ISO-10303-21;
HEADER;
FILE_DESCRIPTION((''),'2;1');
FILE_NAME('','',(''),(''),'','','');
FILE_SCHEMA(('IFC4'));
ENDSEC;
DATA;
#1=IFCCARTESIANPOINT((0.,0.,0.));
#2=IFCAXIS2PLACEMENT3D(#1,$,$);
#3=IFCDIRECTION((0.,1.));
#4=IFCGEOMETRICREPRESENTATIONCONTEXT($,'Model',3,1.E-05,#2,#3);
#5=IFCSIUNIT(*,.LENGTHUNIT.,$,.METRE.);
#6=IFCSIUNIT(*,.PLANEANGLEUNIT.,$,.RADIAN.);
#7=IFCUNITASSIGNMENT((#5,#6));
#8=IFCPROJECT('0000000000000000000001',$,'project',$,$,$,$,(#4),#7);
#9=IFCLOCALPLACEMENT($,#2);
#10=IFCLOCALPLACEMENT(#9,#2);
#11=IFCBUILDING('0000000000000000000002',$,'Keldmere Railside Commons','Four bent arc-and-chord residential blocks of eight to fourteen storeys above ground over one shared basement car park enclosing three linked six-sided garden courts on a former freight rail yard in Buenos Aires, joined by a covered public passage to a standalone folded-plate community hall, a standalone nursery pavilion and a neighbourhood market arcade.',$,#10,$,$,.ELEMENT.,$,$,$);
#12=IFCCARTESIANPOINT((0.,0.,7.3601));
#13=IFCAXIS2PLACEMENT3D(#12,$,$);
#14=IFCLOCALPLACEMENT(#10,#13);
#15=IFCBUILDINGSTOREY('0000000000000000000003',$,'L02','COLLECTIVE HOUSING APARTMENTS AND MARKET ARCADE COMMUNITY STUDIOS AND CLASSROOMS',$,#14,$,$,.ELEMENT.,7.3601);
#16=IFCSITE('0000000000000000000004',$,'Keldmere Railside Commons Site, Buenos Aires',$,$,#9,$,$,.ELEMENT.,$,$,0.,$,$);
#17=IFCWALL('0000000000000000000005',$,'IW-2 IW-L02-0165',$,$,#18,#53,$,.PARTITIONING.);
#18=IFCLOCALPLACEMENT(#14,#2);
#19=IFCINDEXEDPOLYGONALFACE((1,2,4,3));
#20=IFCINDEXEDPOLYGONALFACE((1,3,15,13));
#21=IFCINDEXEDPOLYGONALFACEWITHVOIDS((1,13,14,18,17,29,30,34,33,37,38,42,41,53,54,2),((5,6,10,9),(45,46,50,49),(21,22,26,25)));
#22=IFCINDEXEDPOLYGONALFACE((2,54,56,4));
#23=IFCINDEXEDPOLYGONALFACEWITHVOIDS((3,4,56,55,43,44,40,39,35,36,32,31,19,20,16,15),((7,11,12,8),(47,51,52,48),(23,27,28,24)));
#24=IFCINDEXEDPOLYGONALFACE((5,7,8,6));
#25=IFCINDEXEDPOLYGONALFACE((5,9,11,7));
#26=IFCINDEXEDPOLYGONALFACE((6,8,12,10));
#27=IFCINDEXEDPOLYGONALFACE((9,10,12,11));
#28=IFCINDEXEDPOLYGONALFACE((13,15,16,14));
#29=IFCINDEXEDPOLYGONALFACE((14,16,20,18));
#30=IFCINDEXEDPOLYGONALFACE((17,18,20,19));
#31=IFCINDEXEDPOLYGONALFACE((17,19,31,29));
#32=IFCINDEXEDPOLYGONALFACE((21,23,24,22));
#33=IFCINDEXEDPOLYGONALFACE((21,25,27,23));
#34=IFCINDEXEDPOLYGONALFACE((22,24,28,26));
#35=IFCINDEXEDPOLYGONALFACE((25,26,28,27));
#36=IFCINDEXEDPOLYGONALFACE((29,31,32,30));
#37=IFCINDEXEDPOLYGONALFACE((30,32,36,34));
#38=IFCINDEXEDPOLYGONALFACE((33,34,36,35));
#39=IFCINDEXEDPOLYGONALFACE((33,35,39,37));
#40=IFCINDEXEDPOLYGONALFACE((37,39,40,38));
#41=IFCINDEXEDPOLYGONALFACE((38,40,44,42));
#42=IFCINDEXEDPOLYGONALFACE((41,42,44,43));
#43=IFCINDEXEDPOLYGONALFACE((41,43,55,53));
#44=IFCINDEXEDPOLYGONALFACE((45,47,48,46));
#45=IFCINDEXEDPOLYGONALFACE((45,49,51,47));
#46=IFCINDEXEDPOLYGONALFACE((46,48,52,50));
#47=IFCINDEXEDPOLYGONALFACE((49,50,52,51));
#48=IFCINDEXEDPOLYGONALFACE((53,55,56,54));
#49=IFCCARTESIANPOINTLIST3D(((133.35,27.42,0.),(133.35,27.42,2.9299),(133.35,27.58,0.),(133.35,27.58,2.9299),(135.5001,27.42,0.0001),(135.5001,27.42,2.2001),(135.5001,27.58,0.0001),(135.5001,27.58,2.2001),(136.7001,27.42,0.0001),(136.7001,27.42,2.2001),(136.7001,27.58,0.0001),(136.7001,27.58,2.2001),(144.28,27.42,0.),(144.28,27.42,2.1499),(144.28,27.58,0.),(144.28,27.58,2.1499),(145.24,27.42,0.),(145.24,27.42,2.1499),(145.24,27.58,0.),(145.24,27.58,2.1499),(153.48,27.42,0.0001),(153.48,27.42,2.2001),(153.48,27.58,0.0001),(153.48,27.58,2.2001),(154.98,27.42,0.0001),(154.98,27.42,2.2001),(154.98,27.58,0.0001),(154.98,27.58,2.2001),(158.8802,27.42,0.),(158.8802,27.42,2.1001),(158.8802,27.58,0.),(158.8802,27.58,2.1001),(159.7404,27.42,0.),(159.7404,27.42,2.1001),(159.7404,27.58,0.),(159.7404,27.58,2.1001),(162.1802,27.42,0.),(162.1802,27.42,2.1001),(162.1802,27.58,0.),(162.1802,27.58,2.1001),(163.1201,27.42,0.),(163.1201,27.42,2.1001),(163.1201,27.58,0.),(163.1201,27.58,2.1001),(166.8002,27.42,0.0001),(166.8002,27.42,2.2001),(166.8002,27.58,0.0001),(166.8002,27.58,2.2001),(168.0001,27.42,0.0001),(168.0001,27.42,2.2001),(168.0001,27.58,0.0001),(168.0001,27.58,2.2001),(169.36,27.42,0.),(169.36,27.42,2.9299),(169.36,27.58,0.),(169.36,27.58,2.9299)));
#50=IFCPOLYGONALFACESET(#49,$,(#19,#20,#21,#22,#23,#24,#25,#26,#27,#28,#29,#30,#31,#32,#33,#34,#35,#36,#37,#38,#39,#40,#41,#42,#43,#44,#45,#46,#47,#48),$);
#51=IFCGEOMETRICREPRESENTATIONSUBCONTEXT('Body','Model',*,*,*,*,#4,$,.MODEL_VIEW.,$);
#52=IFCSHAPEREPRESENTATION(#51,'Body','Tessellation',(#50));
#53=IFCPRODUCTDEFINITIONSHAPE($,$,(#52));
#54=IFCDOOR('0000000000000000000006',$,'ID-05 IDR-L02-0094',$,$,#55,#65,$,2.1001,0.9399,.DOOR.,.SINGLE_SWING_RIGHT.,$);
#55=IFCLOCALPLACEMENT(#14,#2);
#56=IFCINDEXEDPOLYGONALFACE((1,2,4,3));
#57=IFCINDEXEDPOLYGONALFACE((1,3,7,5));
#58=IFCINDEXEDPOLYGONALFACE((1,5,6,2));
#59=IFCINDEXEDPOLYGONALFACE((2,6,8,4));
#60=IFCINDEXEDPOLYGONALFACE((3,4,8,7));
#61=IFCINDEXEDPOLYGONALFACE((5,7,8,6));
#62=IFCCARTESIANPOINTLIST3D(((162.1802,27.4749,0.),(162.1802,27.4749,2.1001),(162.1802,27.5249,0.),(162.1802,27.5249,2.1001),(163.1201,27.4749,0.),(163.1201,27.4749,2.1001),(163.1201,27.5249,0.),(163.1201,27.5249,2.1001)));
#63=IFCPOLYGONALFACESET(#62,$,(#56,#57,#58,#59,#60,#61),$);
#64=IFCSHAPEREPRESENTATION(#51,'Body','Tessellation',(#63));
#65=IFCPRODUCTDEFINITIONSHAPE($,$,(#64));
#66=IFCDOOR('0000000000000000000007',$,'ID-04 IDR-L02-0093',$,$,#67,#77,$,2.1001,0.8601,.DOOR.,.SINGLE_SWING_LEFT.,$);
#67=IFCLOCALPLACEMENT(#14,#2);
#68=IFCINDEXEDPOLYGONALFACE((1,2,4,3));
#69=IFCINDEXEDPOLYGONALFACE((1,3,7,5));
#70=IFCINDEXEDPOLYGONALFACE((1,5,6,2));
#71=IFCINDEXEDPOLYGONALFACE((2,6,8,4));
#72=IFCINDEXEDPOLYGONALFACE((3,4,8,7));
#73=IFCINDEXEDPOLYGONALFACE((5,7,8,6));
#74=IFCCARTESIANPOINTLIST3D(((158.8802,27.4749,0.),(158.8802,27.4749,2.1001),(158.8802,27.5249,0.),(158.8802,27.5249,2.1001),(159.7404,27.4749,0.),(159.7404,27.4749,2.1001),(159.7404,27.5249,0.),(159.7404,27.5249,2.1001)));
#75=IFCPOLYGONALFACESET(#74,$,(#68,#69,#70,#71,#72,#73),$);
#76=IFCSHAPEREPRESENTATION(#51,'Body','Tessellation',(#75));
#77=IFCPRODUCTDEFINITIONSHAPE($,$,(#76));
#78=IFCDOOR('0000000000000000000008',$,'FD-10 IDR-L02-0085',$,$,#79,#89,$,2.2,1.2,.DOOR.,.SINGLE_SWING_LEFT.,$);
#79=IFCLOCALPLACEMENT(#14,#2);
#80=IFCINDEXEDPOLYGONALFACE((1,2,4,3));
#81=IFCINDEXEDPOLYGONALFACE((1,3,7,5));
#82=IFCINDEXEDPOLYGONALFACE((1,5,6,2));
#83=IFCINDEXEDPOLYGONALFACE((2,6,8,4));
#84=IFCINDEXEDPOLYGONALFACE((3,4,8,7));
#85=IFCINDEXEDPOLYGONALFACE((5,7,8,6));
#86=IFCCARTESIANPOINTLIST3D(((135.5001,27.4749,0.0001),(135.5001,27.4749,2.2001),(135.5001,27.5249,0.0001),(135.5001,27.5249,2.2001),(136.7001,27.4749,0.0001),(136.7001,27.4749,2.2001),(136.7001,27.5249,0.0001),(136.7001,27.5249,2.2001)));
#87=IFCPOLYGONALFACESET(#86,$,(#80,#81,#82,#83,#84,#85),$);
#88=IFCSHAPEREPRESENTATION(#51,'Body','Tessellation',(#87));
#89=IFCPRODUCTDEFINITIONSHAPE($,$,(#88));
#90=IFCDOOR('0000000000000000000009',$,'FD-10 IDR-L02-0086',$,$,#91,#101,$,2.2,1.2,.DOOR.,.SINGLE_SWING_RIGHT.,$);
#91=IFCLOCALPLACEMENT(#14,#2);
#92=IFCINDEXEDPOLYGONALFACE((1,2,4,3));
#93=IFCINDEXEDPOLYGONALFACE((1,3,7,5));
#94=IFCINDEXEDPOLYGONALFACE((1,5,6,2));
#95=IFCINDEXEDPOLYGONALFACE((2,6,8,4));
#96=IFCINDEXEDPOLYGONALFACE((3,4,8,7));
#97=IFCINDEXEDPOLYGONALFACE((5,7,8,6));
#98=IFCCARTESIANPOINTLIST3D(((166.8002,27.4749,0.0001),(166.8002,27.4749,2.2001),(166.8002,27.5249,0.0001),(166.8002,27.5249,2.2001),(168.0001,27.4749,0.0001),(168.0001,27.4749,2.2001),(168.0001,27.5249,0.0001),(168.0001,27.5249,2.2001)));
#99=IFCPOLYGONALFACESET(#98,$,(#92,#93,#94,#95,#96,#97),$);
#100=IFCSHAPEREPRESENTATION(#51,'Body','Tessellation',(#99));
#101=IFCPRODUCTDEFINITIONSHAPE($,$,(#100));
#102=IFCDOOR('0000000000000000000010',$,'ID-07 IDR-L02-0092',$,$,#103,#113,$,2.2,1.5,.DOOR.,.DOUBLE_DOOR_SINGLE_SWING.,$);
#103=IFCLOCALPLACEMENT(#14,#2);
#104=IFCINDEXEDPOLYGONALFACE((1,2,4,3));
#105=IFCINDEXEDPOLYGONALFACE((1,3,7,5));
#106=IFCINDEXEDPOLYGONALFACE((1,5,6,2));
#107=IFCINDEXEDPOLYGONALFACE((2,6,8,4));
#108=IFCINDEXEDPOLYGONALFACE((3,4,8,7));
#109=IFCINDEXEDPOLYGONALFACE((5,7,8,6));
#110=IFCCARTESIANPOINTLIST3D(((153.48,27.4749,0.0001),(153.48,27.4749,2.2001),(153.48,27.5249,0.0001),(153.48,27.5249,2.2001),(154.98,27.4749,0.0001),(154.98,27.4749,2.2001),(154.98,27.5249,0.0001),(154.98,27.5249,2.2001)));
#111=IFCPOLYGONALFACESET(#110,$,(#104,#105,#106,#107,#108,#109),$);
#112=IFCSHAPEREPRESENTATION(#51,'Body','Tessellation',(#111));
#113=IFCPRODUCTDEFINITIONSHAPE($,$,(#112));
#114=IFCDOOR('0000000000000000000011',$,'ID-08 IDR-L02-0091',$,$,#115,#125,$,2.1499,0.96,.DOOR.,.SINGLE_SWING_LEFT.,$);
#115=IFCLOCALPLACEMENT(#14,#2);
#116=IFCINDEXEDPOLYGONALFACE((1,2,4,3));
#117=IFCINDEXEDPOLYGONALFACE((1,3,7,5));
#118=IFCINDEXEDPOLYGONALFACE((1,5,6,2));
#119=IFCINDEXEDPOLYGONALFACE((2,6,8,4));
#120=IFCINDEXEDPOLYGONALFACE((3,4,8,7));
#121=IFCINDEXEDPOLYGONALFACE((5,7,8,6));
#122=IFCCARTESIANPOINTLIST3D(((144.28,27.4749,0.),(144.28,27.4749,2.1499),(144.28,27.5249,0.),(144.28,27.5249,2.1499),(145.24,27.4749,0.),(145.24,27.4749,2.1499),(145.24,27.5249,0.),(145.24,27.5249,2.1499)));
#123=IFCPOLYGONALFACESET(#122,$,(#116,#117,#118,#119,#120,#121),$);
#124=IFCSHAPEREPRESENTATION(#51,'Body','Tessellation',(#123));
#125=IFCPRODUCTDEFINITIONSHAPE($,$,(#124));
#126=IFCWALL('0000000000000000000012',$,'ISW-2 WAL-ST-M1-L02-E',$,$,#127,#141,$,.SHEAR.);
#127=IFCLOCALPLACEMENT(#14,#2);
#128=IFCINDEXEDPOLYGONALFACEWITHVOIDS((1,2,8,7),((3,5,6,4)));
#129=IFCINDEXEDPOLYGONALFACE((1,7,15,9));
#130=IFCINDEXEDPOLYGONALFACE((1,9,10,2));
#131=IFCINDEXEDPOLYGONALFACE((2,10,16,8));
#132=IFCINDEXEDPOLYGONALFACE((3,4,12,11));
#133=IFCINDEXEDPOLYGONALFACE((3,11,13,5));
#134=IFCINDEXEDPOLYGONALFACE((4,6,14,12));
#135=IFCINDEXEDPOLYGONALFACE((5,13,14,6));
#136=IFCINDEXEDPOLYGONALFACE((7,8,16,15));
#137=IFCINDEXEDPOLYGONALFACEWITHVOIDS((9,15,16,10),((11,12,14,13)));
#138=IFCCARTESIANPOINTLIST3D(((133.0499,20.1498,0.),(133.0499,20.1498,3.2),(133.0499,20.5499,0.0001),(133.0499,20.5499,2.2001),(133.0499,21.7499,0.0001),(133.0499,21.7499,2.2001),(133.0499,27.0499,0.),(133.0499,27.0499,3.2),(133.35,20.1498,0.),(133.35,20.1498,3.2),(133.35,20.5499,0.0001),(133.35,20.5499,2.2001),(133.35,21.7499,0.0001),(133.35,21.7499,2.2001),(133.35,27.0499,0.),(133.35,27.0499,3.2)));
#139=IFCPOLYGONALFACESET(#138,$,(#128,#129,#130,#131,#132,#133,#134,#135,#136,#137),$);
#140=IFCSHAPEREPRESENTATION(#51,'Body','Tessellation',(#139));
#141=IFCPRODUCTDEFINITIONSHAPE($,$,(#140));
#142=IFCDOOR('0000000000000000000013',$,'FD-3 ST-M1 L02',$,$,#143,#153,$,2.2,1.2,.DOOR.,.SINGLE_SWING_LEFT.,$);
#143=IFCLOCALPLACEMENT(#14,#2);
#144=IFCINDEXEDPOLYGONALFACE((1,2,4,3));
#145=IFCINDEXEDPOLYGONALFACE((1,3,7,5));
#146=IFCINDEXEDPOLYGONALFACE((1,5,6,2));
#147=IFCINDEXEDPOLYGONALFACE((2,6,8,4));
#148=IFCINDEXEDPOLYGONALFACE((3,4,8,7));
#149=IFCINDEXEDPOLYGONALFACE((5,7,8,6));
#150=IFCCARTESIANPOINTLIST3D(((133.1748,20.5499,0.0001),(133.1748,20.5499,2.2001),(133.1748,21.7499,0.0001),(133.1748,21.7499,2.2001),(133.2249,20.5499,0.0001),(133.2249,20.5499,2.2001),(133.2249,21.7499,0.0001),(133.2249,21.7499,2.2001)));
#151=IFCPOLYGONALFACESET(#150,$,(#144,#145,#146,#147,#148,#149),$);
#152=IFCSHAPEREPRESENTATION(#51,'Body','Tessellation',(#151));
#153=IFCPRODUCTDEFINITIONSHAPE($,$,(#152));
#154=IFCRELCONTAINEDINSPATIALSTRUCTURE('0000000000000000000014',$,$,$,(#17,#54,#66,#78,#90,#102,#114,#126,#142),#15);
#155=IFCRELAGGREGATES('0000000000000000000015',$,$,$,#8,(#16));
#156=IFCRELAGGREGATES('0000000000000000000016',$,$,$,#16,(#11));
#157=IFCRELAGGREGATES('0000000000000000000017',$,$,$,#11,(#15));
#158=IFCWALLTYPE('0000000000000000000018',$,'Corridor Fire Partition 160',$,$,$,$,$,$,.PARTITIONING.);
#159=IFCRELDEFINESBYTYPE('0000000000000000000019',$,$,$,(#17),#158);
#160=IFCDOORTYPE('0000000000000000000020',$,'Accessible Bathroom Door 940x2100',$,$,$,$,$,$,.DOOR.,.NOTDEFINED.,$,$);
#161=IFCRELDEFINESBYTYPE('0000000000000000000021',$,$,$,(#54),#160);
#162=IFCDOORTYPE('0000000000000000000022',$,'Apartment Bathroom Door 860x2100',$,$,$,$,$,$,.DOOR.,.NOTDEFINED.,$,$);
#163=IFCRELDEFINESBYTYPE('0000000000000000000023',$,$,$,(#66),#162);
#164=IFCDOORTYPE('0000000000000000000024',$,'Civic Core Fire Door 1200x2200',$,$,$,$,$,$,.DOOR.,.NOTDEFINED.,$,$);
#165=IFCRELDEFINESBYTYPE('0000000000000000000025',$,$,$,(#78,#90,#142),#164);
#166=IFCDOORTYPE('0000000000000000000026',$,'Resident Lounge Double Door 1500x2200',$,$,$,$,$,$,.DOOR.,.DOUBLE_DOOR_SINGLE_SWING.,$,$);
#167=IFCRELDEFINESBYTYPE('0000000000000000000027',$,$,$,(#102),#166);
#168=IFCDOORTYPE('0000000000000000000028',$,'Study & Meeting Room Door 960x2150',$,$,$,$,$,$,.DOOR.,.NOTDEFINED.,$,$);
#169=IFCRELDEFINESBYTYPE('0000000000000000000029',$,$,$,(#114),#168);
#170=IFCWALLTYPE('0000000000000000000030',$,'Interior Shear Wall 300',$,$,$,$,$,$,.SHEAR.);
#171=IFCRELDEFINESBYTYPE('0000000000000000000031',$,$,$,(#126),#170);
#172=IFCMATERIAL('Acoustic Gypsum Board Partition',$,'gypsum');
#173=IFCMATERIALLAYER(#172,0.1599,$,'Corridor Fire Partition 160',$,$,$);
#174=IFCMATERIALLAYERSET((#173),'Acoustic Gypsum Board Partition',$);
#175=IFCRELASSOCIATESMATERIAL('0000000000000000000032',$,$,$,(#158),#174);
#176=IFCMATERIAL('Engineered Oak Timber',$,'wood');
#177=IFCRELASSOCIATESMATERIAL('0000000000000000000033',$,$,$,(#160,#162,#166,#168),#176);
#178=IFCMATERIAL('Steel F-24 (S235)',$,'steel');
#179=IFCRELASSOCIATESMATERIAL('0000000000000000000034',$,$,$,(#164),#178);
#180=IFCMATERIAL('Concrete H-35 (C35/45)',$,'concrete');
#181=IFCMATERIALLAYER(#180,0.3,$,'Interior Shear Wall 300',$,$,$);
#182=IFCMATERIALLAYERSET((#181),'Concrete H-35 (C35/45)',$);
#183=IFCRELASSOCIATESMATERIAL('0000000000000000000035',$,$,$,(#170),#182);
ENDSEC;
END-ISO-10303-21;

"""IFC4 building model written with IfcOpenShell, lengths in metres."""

from ifc_helpers import new_model, si_unit, direction, frame, frame_2d, origin, place, context, subcontext, project, spatial, rectangle, extrude, material, layer, layer_set, type_object, element, fill, save


model = new_model("IFC4")

# Units and contexts
model_context = context("Model", 3, precision=1e-05, world=origin(), true_north=direction((0.0, 1.0)))
body_context = subcontext(model_context, "Body", "Model", "MODEL_VIEW")
ifc_project = project(units=[si_unit("LENGTHUNIT", "METRE"), si_unit("PLANEANGLEUNIT", "RADIAN")], contexts=[model_context])

# Site, building, storey
site_placement = place(None, origin())
site = spatial("IfcSite", under=ifc_project, at=site_placement, Name="Keldmere Railside Commons Site, Buenos Aires", CompositionType="ELEMENT", RefElevation=0.0)
building_placement = place(site_placement, origin())
building = spatial("IfcBuilding", under=site, at=building_placement, Name="Keldmere Railside Commons", Description="Four bent arc-and-chord residential blocks of eight to fourteen storeys above ground over one shared basement car park enclosing three linked six-sided garden courts on a former freight rail yard in Buenos Aires, joined by a covered public passage to a standalone folded-plate community hall, a standalone nursery pavilion and a neighbourhood market arcade.", CompositionType="ELEMENT")
storey_placement = place(building_placement, frame((0.0, 0.0, 7.3601)))
storey = spatial("IfcBuildingStorey", under=building, at=storey_placement, Name="L02", Description="COLLECTIVE HOUSING APARTMENTS AND MARKET ARCADE COMMUNITY STUDIOS AND CLASSROOMS", CompositionType="ELEMENT", Elevation=7.3601)

# Shared definitions
ifc_material_1 = material(Name="Concrete H-35 (C35/45)", Category="concrete")

# Shared definitions
ifc_material_2 = material(Name="Acoustic Gypsum Board Partition", Category="gypsum")

# Shared definitions
ifc_material_3 = material(Name="Steel F-24 (S235)", Category="steel")

# Wall, openings, doors
ifc_layer_1 = layer(ifc_material_2, 0.1599, Name="Corridor Fire Partition 160")
ifc_layer_set_1 = layer_set([ifc_layer_1], Name="Acoustic Gypsum Board Partition")
wall_type_1 = type_object("IfcWallType", Name="Corridor Fire Partition 160", PredefinedType="PARTITIONING", material=ifc_layer_set_1)
wall_1_placement = place(storey_placement, frame((133.3501, 27.5, 0.0), z_axis=(0.0, 0.0, 1.0), x_axis=(1.0, 0.0, 0.0)))
wall_1 = element("IfcWall", 1, at=wall_1_placement, inside=storey, type_object=wall_type_1, Name="IW-2 IW-L02-0165", PredefinedType="PARTITIONING", context=body_context, shape_type="SweptSolid", body=[
    extrude(rectangle(XDim=36.01, YDim=0.1599, at=frame_2d((18.0049, 0.0))), origin(), (0.0, 0.0, 1.0), 2.9299),
])
opening_1_placement = place(wall_1_placement, frame((2.1499, 0.0, 0.0)))
opening_1 = element("IfcOpeningElement", 2, at=opening_1_placement, cuts=wall_1, PredefinedType="OPENING", context=body_context, shape_type="SweptSolid", body=[
    extrude(rectangle(XDim=1.2, YDim=2.2, at=frame_2d((0.6001, 1.1001))), frame((0.0, 0.0898, 0.0), z_axis=(0.0, -1.0, 0.0), x_axis=(1.0, 0.0, 0.0)), (0.0, 0.0, 1.0), 0.1799),
])
opening_2_placement = place(wall_1_placement, frame((33.45, 0.0, 0.0)))
opening_2 = element("IfcOpeningElement", 3, at=opening_2_placement, cuts=wall_1, PredefinedType="OPENING", context=body_context, shape_type="SweptSolid", body=[
    extrude(rectangle(XDim=1.2, YDim=2.2, at=frame_2d((0.6001, 1.1001))), frame((0.0, 0.0898, 0.0), z_axis=(0.0, -1.0, 0.0), x_axis=(1.0, 0.0, 0.0)), (0.0, 0.0, 1.0), 0.1799),
])
opening_3_placement = place(wall_1_placement, frame((10.9299, 0.0, 0.0)))
opening_3 = element("IfcOpeningElement", 4, at=opening_3_placement, cuts=wall_1, PredefinedType="OPENING", context=body_context, shape_type="SweptSolid", body=[
    extrude(rectangle(XDim=0.96, YDim=2.1499, at=frame_2d((0.48, 1.075))), frame((0.0, 0.0898, 0.0), z_axis=(0.0, -1.0, 0.0), x_axis=(1.0, 0.0, 0.0)), (0.0, 0.0, 1.0), 0.1799),
])
opening_4_placement = place(wall_1_placement, frame((20.1299, 0.0, 0.0)))
opening_4 = element("IfcOpeningElement", 5, at=opening_4_placement, cuts=wall_1, PredefinedType="OPENING", context=body_context, shape_type="SweptSolid", body=[
    extrude(rectangle(XDim=1.5, YDim=2.2, at=frame_2d((0.75, 1.1001))), frame((0.0, 0.0898, 0.0), z_axis=(0.0, -1.0, 0.0), x_axis=(1.0, 0.0, 0.0)), (0.0, 0.0, 1.0), 0.1799),
])
opening_5_placement = place(wall_1_placement, frame((25.53, 0.0, 0.0)))
opening_5 = element("IfcOpeningElement", 6, at=opening_5_placement, cuts=wall_1, PredefinedType="OPENING", context=body_context, shape_type="SweptSolid", body=[
    extrude(rectangle(XDim=0.8601, YDim=2.1001, at=frame_2d((0.4302, 1.05))), frame((0.0, 0.0898, 0.0), z_axis=(0.0, -1.0, 0.0), x_axis=(1.0, 0.0, 0.0)), (0.0, 0.0, 1.0), 0.1799),
])
opening_6_placement = place(wall_1_placement, frame((28.8301, 0.0, 0.0)))
opening_6 = element("IfcOpeningElement", 7, at=opening_6_placement, cuts=wall_1, PredefinedType="OPENING", context=body_context, shape_type="SweptSolid", body=[
    extrude(rectangle(XDim=0.9399, YDim=2.1001, at=frame_2d((0.47, 1.05))), frame((0.0, 0.0898, 0.0), z_axis=(0.0, -1.0, 0.0), x_axis=(1.0, 0.0, 0.0)), (0.0, 0.0, 1.0), 0.1799),
])
ifc_material_4 = material(Name="Engineered Oak Timber", Category="wood")
door_type_1 = type_object("IfcDoorType", Name="Accessible Bathroom Door 940x2100", OperationType="NOTDEFINED", PredefinedType="DOOR", material=ifc_material_4)
door_1_placement = place(opening_6_placement, origin())
door_1 = element("IfcDoor", 8, at=door_1_placement, inside=storey, type_object=door_type_1, Name="ID-05 IDR-L02-0094", OperationType="SINGLE_SWING_RIGHT", OverallHeight=2.1001, OverallWidth=0.9399, PredefinedType="DOOR", context=body_context, shape_type="SweptSolid", body=[
    extrude(rectangle(XDim=0.9399, YDim=2.1001, at=frame_2d((0.47, 1.05))), frame((0.0, 0.0249, 0.0), z_axis=(0.0, -1.0, 0.0), x_axis=(1.0, 0.0, 0.0)), (0.0, 0.0, 1.0), 0.05),
])
fill(opening_6, door_1)
door_type_2 = type_object("IfcDoorType", Name="Apartment Bathroom Door 860x2100", OperationType="NOTDEFINED", PredefinedType="DOOR", material=ifc_material_4)
door_2_placement = place(opening_5_placement, origin())
door_2 = element("IfcDoor", 9, at=door_2_placement, inside=storey, type_object=door_type_2, Name="ID-04 IDR-L02-0093", OperationType="SINGLE_SWING_LEFT", OverallHeight=2.1001, OverallWidth=0.8601, PredefinedType="DOOR", context=body_context, shape_type="SweptSolid", body=[
    extrude(rectangle(XDim=0.8601, YDim=2.1001, at=frame_2d((0.4302, 1.05))), frame((0.0, 0.0249, 0.0), z_axis=(0.0, -1.0, 0.0), x_axis=(1.0, 0.0, 0.0)), (0.0, 0.0, 1.0), 0.05),
])
fill(opening_5, door_2)
door_type_3 = type_object("IfcDoorType", Name="Civic Core Fire Door 1200x2200", OperationType="NOTDEFINED", PredefinedType="DOOR", material=ifc_material_3)
door_3_placement = place(opening_1_placement, origin())
door_3 = element("IfcDoor", 10, at=door_3_placement, inside=storey, type_object=door_type_3, Name="FD-10 IDR-L02-0085", OperationType="SINGLE_SWING_LEFT", OverallHeight=2.2, OverallWidth=1.2, PredefinedType="DOOR", context=body_context, shape_type="SweptSolid", body=[
    extrude(rectangle(XDim=1.2, YDim=2.2, at=frame_2d((0.6001, 1.1001))), frame((0.0, 0.0249, 0.0), z_axis=(0.0, -1.0, 0.0), x_axis=(1.0, 0.0, 0.0)), (0.0, 0.0, 1.0), 0.05),
])
fill(opening_1, door_3)
door_4_placement = place(opening_2_placement, origin())
door_4 = element("IfcDoor", 11, at=door_4_placement, inside=storey, type_object=door_type_3, Name="FD-10 IDR-L02-0086", OperationType="SINGLE_SWING_RIGHT", OverallHeight=2.2, OverallWidth=1.2, PredefinedType="DOOR", context=body_context, shape_type="SweptSolid", body=[
    extrude(rectangle(XDim=1.2, YDim=2.2, at=frame_2d((0.6001, 1.1001))), frame((0.0, 0.0249, 0.0), z_axis=(0.0, -1.0, 0.0), x_axis=(1.0, 0.0, 0.0)), (0.0, 0.0, 1.0), 0.05),
])
fill(opening_2, door_4)
door_type_4 = type_object("IfcDoorType", Name="Resident Lounge Double Door 1500x2200", OperationType="DOUBLE_DOOR_SINGLE_SWING", PredefinedType="DOOR", material=ifc_material_4)
door_5_placement = place(opening_4_placement, origin())
door_5 = element("IfcDoor", 12, at=door_5_placement, inside=storey, type_object=door_type_4, Name="ID-07 IDR-L02-0092", OperationType="DOUBLE_DOOR_SINGLE_SWING", OverallHeight=2.2, OverallWidth=1.5, PredefinedType="DOOR", context=body_context, shape_type="SweptSolid", body=[
    extrude(rectangle(XDim=1.5, YDim=2.2, at=frame_2d((0.75, 1.1001))), frame((0.0, 0.0249, 0.0), z_axis=(0.0, -1.0, 0.0), x_axis=(1.0, 0.0, 0.0)), (0.0, 0.0, 1.0), 0.05),
])
fill(opening_4, door_5)
door_type_5 = type_object("IfcDoorType", Name="Study & Meeting Room Door 960x2150", OperationType="NOTDEFINED", PredefinedType="DOOR", material=ifc_material_4)
door_6_placement = place(opening_3_placement, origin())
door_6 = element("IfcDoor", 13, at=door_6_placement, inside=storey, type_object=door_type_5, Name="ID-08 IDR-L02-0091", OperationType="SINGLE_SWING_LEFT", OverallHeight=2.1499, OverallWidth=0.96, PredefinedType="DOOR", context=body_context, shape_type="SweptSolid", body=[
    extrude(rectangle(XDim=0.96, YDim=2.1499, at=frame_2d((0.48, 1.075))), frame((0.0, 0.0249, 0.0), z_axis=(0.0, -1.0, 0.0), x_axis=(1.0, 0.0, 0.0)), (0.0, 0.0, 1.0), 0.05),
])
fill(opening_3, door_6)

# Wall, opening, door
ifc_layer_2 = layer(ifc_material_1, 0.3, Name="Interior Shear Wall 300")
ifc_layer_set_2 = layer_set([ifc_layer_2], Name="Concrete H-35 (C35/45)")
wall_type_2 = type_object("IfcWallType", Name="Interior Shear Wall 300", PredefinedType="SHEAR", material=ifc_layer_set_2)
wall_2_placement = place(storey_placement, frame((133.2, 27.05, 0.0), z_axis=(0.0, 0.0, 1.0), x_axis=(0.0, -1.0, 0.0)))
wall_2 = element("IfcWall", 14, at=wall_2_placement, inside=storey, type_object=wall_type_2, Name="ISW-2 WAL-ST-M1-L02-E", PredefinedType="SHEAR", context=body_context, shape_type="SweptSolid", body=[
    extrude(rectangle(XDim=6.9001, YDim=0.3, at=frame_2d((3.4502, 0.0))), origin(), (0.0, 0.0, 1.0), 3.2),
])
opening_7_placement = place(wall_2_placement, frame((5.3, 0.0, 0.0)))
opening_7 = element("IfcOpeningElement", 15, at=opening_7_placement, cuts=wall_2, PredefinedType="OPENING", context=body_context, shape_type="SweptSolid", body=[
    extrude(rectangle(XDim=1.2, YDim=2.2, at=frame_2d((0.6001, 1.1001))), frame((0.0, 0.1599, 0.0), z_axis=(0.0, -1.0, 0.0), x_axis=(1.0, 0.0, 0.0)), (0.0, 0.0, 1.0), 0.3201),
])
door_7_placement = place(opening_7_placement, origin())
door_7 = element("IfcDoor", 16, at=door_7_placement, inside=storey, type_object=door_type_3, Name="FD-3 ST-M1 L02", OperationType="SINGLE_SWING_LEFT", OverallHeight=2.2, OverallWidth=1.2, PredefinedType="DOOR", context=body_context, shape_type="SweptSolid", body=[
    extrude(rectangle(XDim=1.2, YDim=2.2, at=frame_2d((0.6001, 1.1001))), frame((0.0, 0.0249, 0.0), z_axis=(0.0, -1.0, 0.0), x_axis=(1.0, 0.0, 0.0)), (0.0, 0.0, 1.0), 0.05),
])
fill(opening_7, door_7)

save(model, "model.ifc")
